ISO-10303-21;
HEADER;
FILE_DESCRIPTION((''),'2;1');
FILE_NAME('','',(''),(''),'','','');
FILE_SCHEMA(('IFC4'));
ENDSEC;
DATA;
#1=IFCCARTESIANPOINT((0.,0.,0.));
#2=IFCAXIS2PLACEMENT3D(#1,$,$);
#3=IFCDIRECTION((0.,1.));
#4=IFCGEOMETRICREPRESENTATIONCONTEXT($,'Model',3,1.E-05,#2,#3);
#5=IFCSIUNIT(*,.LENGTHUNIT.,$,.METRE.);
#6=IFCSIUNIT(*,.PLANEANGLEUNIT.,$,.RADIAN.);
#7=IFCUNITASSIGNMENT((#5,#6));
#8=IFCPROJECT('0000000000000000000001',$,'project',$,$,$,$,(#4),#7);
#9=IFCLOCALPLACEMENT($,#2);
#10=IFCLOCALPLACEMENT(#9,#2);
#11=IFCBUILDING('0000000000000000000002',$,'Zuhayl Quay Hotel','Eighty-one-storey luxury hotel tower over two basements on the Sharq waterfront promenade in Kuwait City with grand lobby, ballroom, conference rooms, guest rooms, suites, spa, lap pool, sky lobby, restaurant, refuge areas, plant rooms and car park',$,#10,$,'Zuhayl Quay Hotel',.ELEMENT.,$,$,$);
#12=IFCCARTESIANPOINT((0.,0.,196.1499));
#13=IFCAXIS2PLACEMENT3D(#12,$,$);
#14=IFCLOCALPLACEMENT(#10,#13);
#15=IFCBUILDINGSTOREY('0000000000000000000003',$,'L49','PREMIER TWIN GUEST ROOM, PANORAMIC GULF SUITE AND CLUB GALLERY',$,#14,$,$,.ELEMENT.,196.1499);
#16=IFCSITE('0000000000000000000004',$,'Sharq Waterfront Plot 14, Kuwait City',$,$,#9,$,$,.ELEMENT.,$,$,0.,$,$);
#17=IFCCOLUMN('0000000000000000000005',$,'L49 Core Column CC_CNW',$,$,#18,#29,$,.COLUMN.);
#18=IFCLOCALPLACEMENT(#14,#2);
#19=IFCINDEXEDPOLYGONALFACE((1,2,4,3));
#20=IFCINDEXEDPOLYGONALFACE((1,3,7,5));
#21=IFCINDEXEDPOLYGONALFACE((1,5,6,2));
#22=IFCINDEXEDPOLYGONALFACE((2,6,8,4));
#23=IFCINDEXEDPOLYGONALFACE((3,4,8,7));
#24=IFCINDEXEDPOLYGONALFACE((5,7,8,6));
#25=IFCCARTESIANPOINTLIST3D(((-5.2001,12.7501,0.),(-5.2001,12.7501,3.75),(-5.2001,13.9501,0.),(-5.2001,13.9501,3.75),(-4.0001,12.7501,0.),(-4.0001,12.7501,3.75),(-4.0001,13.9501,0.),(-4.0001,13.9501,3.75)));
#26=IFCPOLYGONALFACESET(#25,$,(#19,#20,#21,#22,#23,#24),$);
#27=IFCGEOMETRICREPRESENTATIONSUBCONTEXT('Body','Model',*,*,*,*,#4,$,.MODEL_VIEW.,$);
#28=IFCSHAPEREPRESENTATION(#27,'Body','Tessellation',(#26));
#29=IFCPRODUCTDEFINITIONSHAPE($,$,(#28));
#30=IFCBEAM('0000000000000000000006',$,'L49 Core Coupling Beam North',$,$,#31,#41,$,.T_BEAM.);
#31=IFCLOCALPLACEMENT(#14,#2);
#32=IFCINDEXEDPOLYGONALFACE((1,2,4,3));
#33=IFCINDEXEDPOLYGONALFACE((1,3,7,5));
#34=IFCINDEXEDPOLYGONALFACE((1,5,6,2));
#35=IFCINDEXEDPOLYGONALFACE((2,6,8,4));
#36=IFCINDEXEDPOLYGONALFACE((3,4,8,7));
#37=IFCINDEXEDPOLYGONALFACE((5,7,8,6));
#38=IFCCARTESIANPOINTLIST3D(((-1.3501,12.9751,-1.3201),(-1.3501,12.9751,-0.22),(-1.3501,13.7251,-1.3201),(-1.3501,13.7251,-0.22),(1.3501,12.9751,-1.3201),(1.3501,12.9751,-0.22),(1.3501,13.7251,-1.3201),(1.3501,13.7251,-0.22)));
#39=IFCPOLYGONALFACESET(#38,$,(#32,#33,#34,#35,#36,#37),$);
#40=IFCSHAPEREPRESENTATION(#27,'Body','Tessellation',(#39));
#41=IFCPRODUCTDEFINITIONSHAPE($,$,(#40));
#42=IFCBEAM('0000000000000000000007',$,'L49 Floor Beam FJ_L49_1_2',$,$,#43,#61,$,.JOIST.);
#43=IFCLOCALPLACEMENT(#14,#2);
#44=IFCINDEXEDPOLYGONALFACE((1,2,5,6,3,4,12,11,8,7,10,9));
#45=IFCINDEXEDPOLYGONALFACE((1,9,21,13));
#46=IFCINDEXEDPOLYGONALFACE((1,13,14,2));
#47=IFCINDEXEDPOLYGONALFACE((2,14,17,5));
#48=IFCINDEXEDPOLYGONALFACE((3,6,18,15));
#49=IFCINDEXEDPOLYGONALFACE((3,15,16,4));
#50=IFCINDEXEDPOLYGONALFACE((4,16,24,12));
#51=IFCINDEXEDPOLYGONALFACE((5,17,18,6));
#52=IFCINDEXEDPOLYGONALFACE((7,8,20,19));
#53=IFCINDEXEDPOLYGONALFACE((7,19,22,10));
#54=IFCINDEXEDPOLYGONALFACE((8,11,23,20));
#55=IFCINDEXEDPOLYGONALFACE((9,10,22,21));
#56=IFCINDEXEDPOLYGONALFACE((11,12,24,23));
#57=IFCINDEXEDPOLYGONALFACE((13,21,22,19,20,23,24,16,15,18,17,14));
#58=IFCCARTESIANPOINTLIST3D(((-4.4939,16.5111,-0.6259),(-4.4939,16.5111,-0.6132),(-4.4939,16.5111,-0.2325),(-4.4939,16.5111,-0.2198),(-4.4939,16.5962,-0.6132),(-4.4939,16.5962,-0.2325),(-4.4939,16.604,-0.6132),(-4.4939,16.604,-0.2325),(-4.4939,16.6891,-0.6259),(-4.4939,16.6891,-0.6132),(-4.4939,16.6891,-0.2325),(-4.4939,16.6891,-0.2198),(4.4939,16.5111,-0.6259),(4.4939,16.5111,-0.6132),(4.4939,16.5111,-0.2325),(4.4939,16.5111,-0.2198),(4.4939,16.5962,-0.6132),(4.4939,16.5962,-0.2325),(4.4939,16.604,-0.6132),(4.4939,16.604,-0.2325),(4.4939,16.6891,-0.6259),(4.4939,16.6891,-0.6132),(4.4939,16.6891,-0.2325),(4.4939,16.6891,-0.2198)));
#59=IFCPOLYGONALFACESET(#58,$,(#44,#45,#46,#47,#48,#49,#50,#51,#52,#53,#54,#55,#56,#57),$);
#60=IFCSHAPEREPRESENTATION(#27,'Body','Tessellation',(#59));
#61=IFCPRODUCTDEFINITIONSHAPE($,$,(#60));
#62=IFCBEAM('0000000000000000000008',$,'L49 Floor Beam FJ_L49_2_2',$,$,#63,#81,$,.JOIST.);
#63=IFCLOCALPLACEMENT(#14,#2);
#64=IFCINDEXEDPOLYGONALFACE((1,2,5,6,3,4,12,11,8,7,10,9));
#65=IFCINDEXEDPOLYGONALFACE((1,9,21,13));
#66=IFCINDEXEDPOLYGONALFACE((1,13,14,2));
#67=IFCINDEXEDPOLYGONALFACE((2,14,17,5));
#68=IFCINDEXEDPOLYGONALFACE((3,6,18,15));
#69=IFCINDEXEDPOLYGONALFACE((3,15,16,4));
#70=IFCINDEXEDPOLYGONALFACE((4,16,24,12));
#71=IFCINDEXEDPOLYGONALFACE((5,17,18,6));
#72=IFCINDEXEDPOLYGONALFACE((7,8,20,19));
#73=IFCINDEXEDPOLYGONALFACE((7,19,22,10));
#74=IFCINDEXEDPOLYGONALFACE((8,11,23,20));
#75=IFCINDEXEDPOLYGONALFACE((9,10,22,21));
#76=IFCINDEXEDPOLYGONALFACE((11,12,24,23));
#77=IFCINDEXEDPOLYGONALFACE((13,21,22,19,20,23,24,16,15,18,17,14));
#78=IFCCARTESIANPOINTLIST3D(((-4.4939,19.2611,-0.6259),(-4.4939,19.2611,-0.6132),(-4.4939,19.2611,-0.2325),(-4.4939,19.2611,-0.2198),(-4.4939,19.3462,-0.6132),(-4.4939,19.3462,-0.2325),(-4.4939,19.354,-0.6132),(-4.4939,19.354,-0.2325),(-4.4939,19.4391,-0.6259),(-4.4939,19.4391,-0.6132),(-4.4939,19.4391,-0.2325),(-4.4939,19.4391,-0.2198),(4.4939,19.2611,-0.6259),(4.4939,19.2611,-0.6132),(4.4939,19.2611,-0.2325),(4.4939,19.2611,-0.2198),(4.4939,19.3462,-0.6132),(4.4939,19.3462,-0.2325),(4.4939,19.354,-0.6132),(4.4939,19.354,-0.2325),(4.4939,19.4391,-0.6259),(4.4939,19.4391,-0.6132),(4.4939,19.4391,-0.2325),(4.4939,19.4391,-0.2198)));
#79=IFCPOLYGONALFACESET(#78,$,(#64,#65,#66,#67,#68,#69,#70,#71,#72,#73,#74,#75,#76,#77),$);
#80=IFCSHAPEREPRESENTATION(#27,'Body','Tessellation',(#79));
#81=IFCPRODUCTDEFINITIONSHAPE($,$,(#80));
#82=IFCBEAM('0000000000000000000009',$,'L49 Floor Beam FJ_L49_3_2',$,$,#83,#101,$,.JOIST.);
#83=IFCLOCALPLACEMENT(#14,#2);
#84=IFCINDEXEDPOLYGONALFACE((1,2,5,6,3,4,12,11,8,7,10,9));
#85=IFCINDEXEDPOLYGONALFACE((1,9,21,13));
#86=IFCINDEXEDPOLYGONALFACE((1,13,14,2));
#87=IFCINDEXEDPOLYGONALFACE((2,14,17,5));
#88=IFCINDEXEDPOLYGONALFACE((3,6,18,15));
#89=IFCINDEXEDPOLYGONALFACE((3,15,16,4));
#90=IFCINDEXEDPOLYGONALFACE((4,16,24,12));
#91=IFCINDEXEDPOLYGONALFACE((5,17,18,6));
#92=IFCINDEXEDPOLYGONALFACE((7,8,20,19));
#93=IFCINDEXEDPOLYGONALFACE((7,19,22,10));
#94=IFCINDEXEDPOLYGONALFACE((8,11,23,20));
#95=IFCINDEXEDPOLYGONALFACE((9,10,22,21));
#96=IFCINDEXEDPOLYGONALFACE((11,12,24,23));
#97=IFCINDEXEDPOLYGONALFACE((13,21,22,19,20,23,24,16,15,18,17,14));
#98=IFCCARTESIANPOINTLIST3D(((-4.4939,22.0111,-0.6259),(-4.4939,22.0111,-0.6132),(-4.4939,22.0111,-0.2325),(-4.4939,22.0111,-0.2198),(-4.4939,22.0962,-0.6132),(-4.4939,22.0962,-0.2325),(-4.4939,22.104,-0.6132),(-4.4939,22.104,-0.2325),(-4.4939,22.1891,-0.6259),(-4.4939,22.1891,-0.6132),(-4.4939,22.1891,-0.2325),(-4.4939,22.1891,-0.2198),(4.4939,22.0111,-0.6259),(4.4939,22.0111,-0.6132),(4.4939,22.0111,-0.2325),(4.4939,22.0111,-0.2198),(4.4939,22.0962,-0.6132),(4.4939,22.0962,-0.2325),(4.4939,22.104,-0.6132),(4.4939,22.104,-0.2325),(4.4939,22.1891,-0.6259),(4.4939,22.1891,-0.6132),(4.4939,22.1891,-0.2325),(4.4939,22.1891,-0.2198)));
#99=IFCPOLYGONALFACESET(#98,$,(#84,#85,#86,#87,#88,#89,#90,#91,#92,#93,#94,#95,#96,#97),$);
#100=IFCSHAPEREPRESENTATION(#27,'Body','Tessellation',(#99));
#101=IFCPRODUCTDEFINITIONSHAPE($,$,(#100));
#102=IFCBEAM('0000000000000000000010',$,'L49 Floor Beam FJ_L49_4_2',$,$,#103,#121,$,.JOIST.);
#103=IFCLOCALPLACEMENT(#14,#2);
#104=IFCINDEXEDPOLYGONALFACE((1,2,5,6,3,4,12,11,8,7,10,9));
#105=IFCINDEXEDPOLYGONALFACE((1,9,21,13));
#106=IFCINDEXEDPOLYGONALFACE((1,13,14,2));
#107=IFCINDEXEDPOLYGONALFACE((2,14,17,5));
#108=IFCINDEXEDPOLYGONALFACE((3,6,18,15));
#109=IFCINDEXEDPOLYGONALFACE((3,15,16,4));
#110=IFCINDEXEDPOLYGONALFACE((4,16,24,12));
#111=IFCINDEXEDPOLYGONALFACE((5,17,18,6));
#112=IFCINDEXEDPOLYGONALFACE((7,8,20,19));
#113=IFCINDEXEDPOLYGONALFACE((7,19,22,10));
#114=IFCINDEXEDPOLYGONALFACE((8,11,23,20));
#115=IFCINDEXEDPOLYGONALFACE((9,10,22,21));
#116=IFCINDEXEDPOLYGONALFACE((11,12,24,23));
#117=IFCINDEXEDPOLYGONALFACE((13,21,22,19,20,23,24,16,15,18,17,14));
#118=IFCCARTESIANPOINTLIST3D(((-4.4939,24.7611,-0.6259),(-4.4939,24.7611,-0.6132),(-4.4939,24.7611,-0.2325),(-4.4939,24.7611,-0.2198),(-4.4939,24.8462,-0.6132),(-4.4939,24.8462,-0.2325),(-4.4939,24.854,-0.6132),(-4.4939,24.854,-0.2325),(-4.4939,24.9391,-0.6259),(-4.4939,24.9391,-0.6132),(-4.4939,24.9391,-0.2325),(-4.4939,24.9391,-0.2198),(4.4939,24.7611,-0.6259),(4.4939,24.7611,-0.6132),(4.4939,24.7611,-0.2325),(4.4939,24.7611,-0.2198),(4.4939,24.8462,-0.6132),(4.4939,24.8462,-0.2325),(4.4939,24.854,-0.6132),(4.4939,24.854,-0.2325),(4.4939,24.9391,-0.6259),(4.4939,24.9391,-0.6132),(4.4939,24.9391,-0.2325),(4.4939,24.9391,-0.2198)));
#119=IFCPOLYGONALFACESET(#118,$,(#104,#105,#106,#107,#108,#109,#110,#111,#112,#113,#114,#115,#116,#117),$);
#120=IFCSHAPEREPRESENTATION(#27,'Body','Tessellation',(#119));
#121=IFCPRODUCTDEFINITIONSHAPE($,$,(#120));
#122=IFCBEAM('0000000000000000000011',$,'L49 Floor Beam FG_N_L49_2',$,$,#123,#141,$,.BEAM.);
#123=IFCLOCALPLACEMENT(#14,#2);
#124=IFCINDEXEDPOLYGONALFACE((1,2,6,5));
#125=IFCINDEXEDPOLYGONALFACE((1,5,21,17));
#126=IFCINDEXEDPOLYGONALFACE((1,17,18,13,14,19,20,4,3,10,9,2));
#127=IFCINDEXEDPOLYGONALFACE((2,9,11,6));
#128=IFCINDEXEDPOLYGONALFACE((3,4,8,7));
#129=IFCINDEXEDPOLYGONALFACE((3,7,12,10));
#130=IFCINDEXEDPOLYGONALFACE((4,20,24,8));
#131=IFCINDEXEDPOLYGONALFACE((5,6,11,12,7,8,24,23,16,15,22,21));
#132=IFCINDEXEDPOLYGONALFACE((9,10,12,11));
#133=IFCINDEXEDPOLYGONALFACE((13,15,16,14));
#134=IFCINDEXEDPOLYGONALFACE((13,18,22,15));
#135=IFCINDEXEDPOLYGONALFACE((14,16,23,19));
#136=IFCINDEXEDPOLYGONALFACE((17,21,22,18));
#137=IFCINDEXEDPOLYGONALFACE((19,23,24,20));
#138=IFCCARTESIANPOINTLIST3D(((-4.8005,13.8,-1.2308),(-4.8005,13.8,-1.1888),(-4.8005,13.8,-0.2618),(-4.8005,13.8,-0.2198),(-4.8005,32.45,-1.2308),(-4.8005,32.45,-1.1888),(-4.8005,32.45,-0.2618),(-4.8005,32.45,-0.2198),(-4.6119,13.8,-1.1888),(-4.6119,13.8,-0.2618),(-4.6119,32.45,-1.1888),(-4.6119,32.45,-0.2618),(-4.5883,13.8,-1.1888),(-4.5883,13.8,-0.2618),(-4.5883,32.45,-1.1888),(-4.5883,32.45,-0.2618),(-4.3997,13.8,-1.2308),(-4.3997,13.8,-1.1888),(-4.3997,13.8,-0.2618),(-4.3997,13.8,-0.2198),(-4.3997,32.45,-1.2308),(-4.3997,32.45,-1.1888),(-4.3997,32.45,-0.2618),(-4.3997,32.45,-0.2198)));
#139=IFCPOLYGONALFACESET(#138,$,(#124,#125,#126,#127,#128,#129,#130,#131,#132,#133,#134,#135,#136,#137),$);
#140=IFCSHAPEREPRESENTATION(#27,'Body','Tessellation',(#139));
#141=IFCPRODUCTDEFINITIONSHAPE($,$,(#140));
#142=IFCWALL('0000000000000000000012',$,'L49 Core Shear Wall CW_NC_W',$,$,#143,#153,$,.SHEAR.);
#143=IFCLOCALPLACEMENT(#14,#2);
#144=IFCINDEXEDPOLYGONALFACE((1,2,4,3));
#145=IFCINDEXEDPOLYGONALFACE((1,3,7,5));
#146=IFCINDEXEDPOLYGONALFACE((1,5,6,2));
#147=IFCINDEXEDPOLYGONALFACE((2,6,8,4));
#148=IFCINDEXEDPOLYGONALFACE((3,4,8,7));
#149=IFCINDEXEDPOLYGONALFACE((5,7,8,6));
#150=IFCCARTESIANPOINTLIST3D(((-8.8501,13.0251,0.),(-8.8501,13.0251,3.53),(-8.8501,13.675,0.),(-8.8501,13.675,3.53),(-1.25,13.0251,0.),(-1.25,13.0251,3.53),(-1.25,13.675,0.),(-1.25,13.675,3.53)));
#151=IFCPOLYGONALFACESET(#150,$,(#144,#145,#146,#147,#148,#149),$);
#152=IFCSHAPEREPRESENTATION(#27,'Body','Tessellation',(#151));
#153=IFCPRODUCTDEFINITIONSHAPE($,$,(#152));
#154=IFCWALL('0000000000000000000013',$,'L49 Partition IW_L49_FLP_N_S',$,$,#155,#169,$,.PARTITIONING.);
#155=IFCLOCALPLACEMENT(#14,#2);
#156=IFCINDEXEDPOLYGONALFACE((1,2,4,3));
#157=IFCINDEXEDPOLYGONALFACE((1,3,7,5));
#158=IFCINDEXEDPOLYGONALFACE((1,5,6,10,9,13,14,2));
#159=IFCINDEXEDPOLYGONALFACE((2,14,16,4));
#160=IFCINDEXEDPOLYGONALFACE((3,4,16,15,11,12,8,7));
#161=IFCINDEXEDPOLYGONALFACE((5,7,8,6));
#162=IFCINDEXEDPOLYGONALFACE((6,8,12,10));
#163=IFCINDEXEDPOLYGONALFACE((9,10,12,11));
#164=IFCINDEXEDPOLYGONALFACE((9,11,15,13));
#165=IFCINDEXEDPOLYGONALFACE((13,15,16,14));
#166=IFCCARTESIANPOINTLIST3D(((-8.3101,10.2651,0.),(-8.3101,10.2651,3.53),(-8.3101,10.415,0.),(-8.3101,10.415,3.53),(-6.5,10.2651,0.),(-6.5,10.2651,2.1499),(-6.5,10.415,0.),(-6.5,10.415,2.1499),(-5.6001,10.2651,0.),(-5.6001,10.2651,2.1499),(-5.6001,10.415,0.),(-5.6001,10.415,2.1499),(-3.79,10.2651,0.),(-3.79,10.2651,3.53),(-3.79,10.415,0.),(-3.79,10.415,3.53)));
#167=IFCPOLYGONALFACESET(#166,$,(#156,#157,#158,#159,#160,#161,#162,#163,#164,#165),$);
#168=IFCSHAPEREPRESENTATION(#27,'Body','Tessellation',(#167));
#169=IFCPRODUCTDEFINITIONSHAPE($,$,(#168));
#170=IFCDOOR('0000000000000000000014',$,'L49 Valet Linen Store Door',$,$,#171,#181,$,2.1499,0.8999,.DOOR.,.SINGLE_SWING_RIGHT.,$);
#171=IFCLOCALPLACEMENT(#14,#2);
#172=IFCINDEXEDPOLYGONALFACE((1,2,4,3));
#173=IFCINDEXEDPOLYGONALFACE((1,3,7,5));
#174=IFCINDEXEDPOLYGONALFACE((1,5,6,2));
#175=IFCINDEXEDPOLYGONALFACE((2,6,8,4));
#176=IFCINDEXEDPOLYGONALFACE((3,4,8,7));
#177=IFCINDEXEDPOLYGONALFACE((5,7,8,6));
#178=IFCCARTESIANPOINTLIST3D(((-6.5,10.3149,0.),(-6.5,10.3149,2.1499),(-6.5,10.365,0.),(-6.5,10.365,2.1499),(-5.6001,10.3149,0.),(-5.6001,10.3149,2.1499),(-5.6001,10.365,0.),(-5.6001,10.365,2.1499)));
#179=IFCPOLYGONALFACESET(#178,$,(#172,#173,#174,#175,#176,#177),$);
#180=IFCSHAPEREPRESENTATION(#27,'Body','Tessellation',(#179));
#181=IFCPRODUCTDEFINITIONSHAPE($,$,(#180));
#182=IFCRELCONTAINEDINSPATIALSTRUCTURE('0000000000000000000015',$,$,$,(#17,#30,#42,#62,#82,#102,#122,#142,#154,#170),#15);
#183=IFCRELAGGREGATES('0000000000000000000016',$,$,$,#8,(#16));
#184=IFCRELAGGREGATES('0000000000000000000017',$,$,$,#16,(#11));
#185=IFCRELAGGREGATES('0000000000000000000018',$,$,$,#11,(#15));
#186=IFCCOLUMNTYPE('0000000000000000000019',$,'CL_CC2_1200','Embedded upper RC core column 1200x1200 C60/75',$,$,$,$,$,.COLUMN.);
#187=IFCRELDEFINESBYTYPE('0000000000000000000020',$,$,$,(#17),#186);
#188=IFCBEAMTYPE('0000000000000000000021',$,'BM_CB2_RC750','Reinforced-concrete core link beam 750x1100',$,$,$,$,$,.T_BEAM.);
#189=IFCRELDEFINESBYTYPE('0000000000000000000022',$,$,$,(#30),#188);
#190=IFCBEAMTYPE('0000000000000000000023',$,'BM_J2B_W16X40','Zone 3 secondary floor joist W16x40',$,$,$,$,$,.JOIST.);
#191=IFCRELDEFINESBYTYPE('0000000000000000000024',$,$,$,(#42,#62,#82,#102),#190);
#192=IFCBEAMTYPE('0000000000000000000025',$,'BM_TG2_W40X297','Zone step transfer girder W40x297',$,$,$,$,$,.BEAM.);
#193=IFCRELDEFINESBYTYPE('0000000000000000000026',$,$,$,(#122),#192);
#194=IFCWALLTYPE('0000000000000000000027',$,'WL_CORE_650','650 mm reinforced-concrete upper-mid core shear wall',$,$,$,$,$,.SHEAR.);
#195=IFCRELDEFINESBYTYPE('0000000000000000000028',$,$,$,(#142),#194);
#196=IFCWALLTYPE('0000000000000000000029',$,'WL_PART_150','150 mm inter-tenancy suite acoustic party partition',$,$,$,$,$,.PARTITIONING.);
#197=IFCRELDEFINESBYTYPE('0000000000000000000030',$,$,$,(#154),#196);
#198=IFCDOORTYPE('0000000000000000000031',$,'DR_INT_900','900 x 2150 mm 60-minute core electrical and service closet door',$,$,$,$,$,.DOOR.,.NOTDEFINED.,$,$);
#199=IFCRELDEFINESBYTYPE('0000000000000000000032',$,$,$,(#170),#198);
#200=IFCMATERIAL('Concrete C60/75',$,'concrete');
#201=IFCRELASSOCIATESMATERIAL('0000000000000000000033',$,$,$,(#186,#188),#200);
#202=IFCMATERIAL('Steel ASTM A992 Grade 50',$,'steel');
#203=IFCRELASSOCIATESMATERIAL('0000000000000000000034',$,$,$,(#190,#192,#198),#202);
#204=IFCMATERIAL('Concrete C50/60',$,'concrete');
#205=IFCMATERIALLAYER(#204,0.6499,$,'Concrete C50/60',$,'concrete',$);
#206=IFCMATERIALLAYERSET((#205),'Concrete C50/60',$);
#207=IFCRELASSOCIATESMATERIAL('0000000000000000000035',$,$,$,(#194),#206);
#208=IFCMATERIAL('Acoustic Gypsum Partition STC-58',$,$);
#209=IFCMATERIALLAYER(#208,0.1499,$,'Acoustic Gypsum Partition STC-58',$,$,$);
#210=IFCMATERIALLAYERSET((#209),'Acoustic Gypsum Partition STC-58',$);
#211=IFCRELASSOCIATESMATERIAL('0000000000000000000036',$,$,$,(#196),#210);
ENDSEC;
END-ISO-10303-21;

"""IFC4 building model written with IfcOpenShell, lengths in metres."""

from ifc_helpers import new_model, si_unit, direction, frame, frame_2d, origin, origin_2d, place, context, subcontext, project, spatial, rectangle, i_section, extrude, material, layer, layer_set, material_profile, profile_set, type_object, element, fill, save


model = new_model("IFC4")

# Units and contexts
model_context = context("Model", 3, precision=1e-05, world=origin(), true_north=direction((0.0, 1.0)))
body_context = subcontext(model_context, "Body", "Model", "MODEL_VIEW")
ifc_project = project(units=[si_unit("LENGTHUNIT", "METRE"), si_unit("PLANEANGLEUNIT", "RADIAN")], contexts=[model_context])

# Site, building, storey
site_placement = place(None, origin())
site = spatial("IfcSite", under=ifc_project, at=site_placement, Name="Sharq Waterfront Plot 14, Kuwait City", CompositionType="ELEMENT", RefElevation=0.0)
building_placement = place(site_placement, origin())
building = spatial("IfcBuilding", under=site, at=building_placement, Name="Zuhayl Quay Hotel", Description="Eighty-one-storey luxury hotel tower over two basements on the Sharq waterfront promenade in Kuwait City with grand lobby, ballroom, conference rooms, guest rooms, suites, spa, lap pool, sky lobby, restaurant, refuge areas, plant rooms and car park", LongName="Zuhayl Quay Hotel", CompositionType="ELEMENT")
storey_placement = place(building_placement, frame((0.0, 0.0, 196.1499)))
storey = spatial("IfcBuildingStorey", under=building, at=storey_placement, Name="L49", Description="PREMIER TWIN GUEST ROOM, PANORAMIC GULF SUITE AND CLUB GALLERY", CompositionType="ELEMENT", Elevation=196.1499)

# Column
ifc_material_1 = material(Name="Concrete C60/75", Category="concrete")
ifc_material_profile_1 = material_profile(ifc_material_1, rectangle(XDim=1.2, YDim=1.2, at=origin_2d()), Name="RC1200X1200")
ifc_profile_set_1 = profile_set([ifc_material_profile_1], Name="Concrete C60/75")
column_type = type_object("IfcColumnType", Name="CL_CC2_1200", Description="Embedded upper RC core column 1200x1200 C60/75", PredefinedType="COLUMN", material=ifc_profile_set_1)
column_placement = place(storey_placement, frame((-4.6001, 13.3501, 0.0), z_axis=(0.0, 0.0, 1.0), x_axis=(1.0, 0.0, 0.0)))
element("IfcColumn", 1, at=column_placement, inside=storey, type_object=column_type, Name="L49 Core Column CC_CNW", PredefinedType="COLUMN", context=body_context, shape_type="SweptSolid", body=[
    extrude(rectangle(XDim=1.2, YDim=1.2, at=origin_2d()), origin(), (0.0, 0.0, 1.0), 3.75),
])

# Beams
ifc_material_profile_2 = material_profile(ifc_material_1, rectangle(XDim=0.75, YDim=1.1001, at=origin_2d()), Name="RC750X1100")
ifc_profile_set_2 = profile_set([ifc_material_profile_2], Name="Concrete C60/75")
beam_type_1 = type_object("IfcBeamType", Name="BM_CB2_RC750", Description="Reinforced-concrete core link beam 750x1100", PredefinedType="T_BEAM", material=ifc_profile_set_2)
beam_1_placement = place(storey_placement, frame((-1.3501, 13.3501, -0.77), z_axis=(1.0, 0.0, 0.0), x_axis=(0.0, 1.0, 0.0)))
element("IfcBeam", 2, at=beam_1_placement, inside=storey, type_object=beam_type_1, Name="L49 Core Coupling Beam North", PredefinedType="T_BEAM", context=body_context, shape_type="SweptSolid", body=[
    extrude(rectangle(XDim=0.75, YDim=1.1001, at=origin_2d()), origin(), (0.0, 0.0, 1.0), 2.7002),
])
ifc_material_2 = material(Name="Steel ASTM A992 Grade 50", Category="steel")
ifc_material_profile_3 = material_profile(ifc_material_2, i_section(OverallWidth=0.178, OverallDepth=0.406, WebThickness=0.0078, FlangeThickness=0.0127, at=origin_2d()), Name="W16X40")
ifc_profile_set_3 = profile_set([ifc_material_profile_3], Name="Steel ASTM A992 Grade 50")
beam_type_2 = type_object("IfcBeamType", Name="BM_J2B_W16X40", Description="Zone 3 secondary floor joist W16x40", PredefinedType="JOIST", material=ifc_profile_set_3)
for number, where, z_axis, x_axis, name in (
    (3, (-4.4939, 16.6001, -0.4229), (1.0, 0.0, 0.0), (0.0, 1.0, 0.0), "L49 Floor Beam FJ_L49_1_2"),
    (4, (-4.4939, 19.3501, -0.4229), (1.0, 0.0, 0.0), (0.0, 1.0, 0.0), "L49 Floor Beam FJ_L49_2_2"),
    (5, (-4.4939, 22.1001, -0.4229), (1.0, 0.0, 0.0), (0.0, 1.0, 0.0), "L49 Floor Beam FJ_L49_3_2"),
    (6, (-4.4939, 24.8501, -0.4229), (1.0, 0.0, 0.0), (0.0, 1.0, 0.0), "L49 Floor Beam FJ_L49_4_2"),
):
    element("IfcBeam", number, at=place(storey_placement, frame(where, z_axis=z_axis, x_axis=x_axis)), inside=storey, type_object=beam_type_2, Name=name, PredefinedType="JOIST", context=body_context, shape_type="SweptSolid", body=[
        extrude(i_section(OverallWidth=0.178, OverallDepth=0.406, WebThickness=0.0078, FlangeThickness=0.0127, at=origin_2d()), origin(), (0.0, 0.0, 1.0), 8.9878),
    ])
ifc_material_profile_4 = material_profile(ifc_material_2, i_section(OverallWidth=0.4009, OverallDepth=1.011, WebThickness=0.0237, FlangeThickness=0.042, at=origin_2d()), Name="W40X297")
ifc_profile_set_4 = profile_set([ifc_material_profile_4], Name="Steel ASTM A992 Grade 50")
beam_type_3 = type_object("IfcBeamType", Name="BM_TG2_W40X297", Description="Zone step transfer girder W40x297", PredefinedType="BEAM", material=ifc_profile_set_4)
beam_2_placement = place(storey_placement, frame((-4.6001, 13.8, -0.7253), z_axis=(0.0, 1.0, 0.0), x_axis=(-1.0, 0.0, 0.0)))
element("IfcBeam", 7, at=beam_2_placement, inside=storey, type_object=beam_type_3, Name="L49 Floor Beam FG_N_L49_2", PredefinedType="BEAM", context=body_context, shape_type="SweptSolid", body=[
    extrude(i_section(OverallWidth=0.4009, OverallDepth=1.011, WebThickness=0.0237, FlangeThickness=0.042, at=origin_2d()), origin(), (0.0, 0.0, 1.0), 18.6499),
])

# Wall
ifc_material_3 = material(Name="Concrete C50/60", Category="concrete")
ifc_layer_1 = layer(ifc_material_3, 0.6499, Name="Concrete C50/60", Category="concrete")
ifc_layer_set_1 = layer_set([ifc_layer_1], Name="Concrete C50/60")
wall_type_1 = type_object("IfcWallType", Name="WL_CORE_650", Description="650 mm reinforced-concrete upper-mid core shear wall", PredefinedType="SHEAR", material=ifc_layer_set_1)
wall_1_placement = place(storey_placement, frame((-8.8501, 13.3501, 0.0), z_axis=(0.0, 0.0, 1.0), x_axis=(1.0, 0.0, 0.0)))
element("IfcWall", 8, at=wall_1_placement, inside=storey, type_object=wall_type_1, Name="L49 Core Shear Wall CW_NC_W", PredefinedType="SHEAR", context=body_context, shape_type="SweptSolid", body=[
    extrude(rectangle(XDim=7.6001, YDim=0.6499, at=frame_2d((3.8, 0.0))), origin(), (0.0, 0.0, 1.0), 3.53),
])

# Wall, opening, door
ifc_material_4 = material(Name="Acoustic Gypsum Partition STC-58")
ifc_layer_2 = layer(ifc_material_4, 0.1499, Name="Acoustic Gypsum Partition STC-58")
ifc_layer_set_2 = layer_set([ifc_layer_2], Name="Acoustic Gypsum Partition STC-58")
wall_type_2 = type_object("IfcWallType", Name="WL_PART_150", Description="150 mm inter-tenancy suite acoustic party partition", PredefinedType="PARTITIONING", material=ifc_layer_set_2)
wall_2_placement = place(storey_placement, frame((-8.3101, 10.3401, 0.0), z_axis=(0.0, 0.0, 1.0), x_axis=(1.0, 0.0, 0.0)))
wall_2 = element("IfcWall", 9, at=wall_2_placement, inside=storey, type_object=wall_type_2, Name="L49 Partition IW_L49_FLP_N_S", PredefinedType="PARTITIONING", context=body_context, shape_type="SweptSolid", body=[
    extrude(rectangle(XDim=4.52, YDim=0.1499, at=frame_2d((2.26, 0.0))), origin(), (0.0, 0.0, 1.0), 3.53),
])
opening_1_placement = place(wall_2_placement, frame((1.8101, 0.0, 0.0)))
opening_1 = element("IfcOpeningElement", 10, at=opening_1_placement, cuts=wall_2, PredefinedType="OPENING", context=body_context, shape_type="SweptSolid", body=[
    extrude(rectangle(XDim=0.8999, YDim=2.1499, at=frame_2d((0.45, 1.075))), frame((0.0, 0.085, 0.0), z_axis=(0.0, -1.0, 0.0), x_axis=(1.0, 0.0, 0.0)), (0.0, 0.0, 1.0), 0.1699),
])
door_type_1 = type_object("IfcDoorType", Name="DR_INT_900", Description="900 x 2150 mm 60-minute core electrical and service closet door", OperationType="NOTDEFINED", PredefinedType="DOOR", material=ifc_material_2)
door_1_placement = place(opening_1_placement, origin())
door_1 = element("IfcDoor", 11, at=door_1_placement, inside=storey, type_object=door_type_1, Name="L49 Valet Linen Store Door", OperationType="SINGLE_SWING_RIGHT", OverallHeight=2.1499, OverallWidth=0.8999, PredefinedType="DOOR", context=body_context, shape_type="SweptSolid", body=[
    extrude(rectangle(XDim=0.8999, YDim=2.1499, at=frame_2d((0.45, 1.075))), frame((0.0, 0.0249, 0.0), z_axis=(0.0, -1.0, 0.0), x_axis=(1.0, 0.0, 0.0)), (0.0, 0.0, 1.0), 0.05),
])
fill(opening_1, door_1)

save(model, "model.ifc")
